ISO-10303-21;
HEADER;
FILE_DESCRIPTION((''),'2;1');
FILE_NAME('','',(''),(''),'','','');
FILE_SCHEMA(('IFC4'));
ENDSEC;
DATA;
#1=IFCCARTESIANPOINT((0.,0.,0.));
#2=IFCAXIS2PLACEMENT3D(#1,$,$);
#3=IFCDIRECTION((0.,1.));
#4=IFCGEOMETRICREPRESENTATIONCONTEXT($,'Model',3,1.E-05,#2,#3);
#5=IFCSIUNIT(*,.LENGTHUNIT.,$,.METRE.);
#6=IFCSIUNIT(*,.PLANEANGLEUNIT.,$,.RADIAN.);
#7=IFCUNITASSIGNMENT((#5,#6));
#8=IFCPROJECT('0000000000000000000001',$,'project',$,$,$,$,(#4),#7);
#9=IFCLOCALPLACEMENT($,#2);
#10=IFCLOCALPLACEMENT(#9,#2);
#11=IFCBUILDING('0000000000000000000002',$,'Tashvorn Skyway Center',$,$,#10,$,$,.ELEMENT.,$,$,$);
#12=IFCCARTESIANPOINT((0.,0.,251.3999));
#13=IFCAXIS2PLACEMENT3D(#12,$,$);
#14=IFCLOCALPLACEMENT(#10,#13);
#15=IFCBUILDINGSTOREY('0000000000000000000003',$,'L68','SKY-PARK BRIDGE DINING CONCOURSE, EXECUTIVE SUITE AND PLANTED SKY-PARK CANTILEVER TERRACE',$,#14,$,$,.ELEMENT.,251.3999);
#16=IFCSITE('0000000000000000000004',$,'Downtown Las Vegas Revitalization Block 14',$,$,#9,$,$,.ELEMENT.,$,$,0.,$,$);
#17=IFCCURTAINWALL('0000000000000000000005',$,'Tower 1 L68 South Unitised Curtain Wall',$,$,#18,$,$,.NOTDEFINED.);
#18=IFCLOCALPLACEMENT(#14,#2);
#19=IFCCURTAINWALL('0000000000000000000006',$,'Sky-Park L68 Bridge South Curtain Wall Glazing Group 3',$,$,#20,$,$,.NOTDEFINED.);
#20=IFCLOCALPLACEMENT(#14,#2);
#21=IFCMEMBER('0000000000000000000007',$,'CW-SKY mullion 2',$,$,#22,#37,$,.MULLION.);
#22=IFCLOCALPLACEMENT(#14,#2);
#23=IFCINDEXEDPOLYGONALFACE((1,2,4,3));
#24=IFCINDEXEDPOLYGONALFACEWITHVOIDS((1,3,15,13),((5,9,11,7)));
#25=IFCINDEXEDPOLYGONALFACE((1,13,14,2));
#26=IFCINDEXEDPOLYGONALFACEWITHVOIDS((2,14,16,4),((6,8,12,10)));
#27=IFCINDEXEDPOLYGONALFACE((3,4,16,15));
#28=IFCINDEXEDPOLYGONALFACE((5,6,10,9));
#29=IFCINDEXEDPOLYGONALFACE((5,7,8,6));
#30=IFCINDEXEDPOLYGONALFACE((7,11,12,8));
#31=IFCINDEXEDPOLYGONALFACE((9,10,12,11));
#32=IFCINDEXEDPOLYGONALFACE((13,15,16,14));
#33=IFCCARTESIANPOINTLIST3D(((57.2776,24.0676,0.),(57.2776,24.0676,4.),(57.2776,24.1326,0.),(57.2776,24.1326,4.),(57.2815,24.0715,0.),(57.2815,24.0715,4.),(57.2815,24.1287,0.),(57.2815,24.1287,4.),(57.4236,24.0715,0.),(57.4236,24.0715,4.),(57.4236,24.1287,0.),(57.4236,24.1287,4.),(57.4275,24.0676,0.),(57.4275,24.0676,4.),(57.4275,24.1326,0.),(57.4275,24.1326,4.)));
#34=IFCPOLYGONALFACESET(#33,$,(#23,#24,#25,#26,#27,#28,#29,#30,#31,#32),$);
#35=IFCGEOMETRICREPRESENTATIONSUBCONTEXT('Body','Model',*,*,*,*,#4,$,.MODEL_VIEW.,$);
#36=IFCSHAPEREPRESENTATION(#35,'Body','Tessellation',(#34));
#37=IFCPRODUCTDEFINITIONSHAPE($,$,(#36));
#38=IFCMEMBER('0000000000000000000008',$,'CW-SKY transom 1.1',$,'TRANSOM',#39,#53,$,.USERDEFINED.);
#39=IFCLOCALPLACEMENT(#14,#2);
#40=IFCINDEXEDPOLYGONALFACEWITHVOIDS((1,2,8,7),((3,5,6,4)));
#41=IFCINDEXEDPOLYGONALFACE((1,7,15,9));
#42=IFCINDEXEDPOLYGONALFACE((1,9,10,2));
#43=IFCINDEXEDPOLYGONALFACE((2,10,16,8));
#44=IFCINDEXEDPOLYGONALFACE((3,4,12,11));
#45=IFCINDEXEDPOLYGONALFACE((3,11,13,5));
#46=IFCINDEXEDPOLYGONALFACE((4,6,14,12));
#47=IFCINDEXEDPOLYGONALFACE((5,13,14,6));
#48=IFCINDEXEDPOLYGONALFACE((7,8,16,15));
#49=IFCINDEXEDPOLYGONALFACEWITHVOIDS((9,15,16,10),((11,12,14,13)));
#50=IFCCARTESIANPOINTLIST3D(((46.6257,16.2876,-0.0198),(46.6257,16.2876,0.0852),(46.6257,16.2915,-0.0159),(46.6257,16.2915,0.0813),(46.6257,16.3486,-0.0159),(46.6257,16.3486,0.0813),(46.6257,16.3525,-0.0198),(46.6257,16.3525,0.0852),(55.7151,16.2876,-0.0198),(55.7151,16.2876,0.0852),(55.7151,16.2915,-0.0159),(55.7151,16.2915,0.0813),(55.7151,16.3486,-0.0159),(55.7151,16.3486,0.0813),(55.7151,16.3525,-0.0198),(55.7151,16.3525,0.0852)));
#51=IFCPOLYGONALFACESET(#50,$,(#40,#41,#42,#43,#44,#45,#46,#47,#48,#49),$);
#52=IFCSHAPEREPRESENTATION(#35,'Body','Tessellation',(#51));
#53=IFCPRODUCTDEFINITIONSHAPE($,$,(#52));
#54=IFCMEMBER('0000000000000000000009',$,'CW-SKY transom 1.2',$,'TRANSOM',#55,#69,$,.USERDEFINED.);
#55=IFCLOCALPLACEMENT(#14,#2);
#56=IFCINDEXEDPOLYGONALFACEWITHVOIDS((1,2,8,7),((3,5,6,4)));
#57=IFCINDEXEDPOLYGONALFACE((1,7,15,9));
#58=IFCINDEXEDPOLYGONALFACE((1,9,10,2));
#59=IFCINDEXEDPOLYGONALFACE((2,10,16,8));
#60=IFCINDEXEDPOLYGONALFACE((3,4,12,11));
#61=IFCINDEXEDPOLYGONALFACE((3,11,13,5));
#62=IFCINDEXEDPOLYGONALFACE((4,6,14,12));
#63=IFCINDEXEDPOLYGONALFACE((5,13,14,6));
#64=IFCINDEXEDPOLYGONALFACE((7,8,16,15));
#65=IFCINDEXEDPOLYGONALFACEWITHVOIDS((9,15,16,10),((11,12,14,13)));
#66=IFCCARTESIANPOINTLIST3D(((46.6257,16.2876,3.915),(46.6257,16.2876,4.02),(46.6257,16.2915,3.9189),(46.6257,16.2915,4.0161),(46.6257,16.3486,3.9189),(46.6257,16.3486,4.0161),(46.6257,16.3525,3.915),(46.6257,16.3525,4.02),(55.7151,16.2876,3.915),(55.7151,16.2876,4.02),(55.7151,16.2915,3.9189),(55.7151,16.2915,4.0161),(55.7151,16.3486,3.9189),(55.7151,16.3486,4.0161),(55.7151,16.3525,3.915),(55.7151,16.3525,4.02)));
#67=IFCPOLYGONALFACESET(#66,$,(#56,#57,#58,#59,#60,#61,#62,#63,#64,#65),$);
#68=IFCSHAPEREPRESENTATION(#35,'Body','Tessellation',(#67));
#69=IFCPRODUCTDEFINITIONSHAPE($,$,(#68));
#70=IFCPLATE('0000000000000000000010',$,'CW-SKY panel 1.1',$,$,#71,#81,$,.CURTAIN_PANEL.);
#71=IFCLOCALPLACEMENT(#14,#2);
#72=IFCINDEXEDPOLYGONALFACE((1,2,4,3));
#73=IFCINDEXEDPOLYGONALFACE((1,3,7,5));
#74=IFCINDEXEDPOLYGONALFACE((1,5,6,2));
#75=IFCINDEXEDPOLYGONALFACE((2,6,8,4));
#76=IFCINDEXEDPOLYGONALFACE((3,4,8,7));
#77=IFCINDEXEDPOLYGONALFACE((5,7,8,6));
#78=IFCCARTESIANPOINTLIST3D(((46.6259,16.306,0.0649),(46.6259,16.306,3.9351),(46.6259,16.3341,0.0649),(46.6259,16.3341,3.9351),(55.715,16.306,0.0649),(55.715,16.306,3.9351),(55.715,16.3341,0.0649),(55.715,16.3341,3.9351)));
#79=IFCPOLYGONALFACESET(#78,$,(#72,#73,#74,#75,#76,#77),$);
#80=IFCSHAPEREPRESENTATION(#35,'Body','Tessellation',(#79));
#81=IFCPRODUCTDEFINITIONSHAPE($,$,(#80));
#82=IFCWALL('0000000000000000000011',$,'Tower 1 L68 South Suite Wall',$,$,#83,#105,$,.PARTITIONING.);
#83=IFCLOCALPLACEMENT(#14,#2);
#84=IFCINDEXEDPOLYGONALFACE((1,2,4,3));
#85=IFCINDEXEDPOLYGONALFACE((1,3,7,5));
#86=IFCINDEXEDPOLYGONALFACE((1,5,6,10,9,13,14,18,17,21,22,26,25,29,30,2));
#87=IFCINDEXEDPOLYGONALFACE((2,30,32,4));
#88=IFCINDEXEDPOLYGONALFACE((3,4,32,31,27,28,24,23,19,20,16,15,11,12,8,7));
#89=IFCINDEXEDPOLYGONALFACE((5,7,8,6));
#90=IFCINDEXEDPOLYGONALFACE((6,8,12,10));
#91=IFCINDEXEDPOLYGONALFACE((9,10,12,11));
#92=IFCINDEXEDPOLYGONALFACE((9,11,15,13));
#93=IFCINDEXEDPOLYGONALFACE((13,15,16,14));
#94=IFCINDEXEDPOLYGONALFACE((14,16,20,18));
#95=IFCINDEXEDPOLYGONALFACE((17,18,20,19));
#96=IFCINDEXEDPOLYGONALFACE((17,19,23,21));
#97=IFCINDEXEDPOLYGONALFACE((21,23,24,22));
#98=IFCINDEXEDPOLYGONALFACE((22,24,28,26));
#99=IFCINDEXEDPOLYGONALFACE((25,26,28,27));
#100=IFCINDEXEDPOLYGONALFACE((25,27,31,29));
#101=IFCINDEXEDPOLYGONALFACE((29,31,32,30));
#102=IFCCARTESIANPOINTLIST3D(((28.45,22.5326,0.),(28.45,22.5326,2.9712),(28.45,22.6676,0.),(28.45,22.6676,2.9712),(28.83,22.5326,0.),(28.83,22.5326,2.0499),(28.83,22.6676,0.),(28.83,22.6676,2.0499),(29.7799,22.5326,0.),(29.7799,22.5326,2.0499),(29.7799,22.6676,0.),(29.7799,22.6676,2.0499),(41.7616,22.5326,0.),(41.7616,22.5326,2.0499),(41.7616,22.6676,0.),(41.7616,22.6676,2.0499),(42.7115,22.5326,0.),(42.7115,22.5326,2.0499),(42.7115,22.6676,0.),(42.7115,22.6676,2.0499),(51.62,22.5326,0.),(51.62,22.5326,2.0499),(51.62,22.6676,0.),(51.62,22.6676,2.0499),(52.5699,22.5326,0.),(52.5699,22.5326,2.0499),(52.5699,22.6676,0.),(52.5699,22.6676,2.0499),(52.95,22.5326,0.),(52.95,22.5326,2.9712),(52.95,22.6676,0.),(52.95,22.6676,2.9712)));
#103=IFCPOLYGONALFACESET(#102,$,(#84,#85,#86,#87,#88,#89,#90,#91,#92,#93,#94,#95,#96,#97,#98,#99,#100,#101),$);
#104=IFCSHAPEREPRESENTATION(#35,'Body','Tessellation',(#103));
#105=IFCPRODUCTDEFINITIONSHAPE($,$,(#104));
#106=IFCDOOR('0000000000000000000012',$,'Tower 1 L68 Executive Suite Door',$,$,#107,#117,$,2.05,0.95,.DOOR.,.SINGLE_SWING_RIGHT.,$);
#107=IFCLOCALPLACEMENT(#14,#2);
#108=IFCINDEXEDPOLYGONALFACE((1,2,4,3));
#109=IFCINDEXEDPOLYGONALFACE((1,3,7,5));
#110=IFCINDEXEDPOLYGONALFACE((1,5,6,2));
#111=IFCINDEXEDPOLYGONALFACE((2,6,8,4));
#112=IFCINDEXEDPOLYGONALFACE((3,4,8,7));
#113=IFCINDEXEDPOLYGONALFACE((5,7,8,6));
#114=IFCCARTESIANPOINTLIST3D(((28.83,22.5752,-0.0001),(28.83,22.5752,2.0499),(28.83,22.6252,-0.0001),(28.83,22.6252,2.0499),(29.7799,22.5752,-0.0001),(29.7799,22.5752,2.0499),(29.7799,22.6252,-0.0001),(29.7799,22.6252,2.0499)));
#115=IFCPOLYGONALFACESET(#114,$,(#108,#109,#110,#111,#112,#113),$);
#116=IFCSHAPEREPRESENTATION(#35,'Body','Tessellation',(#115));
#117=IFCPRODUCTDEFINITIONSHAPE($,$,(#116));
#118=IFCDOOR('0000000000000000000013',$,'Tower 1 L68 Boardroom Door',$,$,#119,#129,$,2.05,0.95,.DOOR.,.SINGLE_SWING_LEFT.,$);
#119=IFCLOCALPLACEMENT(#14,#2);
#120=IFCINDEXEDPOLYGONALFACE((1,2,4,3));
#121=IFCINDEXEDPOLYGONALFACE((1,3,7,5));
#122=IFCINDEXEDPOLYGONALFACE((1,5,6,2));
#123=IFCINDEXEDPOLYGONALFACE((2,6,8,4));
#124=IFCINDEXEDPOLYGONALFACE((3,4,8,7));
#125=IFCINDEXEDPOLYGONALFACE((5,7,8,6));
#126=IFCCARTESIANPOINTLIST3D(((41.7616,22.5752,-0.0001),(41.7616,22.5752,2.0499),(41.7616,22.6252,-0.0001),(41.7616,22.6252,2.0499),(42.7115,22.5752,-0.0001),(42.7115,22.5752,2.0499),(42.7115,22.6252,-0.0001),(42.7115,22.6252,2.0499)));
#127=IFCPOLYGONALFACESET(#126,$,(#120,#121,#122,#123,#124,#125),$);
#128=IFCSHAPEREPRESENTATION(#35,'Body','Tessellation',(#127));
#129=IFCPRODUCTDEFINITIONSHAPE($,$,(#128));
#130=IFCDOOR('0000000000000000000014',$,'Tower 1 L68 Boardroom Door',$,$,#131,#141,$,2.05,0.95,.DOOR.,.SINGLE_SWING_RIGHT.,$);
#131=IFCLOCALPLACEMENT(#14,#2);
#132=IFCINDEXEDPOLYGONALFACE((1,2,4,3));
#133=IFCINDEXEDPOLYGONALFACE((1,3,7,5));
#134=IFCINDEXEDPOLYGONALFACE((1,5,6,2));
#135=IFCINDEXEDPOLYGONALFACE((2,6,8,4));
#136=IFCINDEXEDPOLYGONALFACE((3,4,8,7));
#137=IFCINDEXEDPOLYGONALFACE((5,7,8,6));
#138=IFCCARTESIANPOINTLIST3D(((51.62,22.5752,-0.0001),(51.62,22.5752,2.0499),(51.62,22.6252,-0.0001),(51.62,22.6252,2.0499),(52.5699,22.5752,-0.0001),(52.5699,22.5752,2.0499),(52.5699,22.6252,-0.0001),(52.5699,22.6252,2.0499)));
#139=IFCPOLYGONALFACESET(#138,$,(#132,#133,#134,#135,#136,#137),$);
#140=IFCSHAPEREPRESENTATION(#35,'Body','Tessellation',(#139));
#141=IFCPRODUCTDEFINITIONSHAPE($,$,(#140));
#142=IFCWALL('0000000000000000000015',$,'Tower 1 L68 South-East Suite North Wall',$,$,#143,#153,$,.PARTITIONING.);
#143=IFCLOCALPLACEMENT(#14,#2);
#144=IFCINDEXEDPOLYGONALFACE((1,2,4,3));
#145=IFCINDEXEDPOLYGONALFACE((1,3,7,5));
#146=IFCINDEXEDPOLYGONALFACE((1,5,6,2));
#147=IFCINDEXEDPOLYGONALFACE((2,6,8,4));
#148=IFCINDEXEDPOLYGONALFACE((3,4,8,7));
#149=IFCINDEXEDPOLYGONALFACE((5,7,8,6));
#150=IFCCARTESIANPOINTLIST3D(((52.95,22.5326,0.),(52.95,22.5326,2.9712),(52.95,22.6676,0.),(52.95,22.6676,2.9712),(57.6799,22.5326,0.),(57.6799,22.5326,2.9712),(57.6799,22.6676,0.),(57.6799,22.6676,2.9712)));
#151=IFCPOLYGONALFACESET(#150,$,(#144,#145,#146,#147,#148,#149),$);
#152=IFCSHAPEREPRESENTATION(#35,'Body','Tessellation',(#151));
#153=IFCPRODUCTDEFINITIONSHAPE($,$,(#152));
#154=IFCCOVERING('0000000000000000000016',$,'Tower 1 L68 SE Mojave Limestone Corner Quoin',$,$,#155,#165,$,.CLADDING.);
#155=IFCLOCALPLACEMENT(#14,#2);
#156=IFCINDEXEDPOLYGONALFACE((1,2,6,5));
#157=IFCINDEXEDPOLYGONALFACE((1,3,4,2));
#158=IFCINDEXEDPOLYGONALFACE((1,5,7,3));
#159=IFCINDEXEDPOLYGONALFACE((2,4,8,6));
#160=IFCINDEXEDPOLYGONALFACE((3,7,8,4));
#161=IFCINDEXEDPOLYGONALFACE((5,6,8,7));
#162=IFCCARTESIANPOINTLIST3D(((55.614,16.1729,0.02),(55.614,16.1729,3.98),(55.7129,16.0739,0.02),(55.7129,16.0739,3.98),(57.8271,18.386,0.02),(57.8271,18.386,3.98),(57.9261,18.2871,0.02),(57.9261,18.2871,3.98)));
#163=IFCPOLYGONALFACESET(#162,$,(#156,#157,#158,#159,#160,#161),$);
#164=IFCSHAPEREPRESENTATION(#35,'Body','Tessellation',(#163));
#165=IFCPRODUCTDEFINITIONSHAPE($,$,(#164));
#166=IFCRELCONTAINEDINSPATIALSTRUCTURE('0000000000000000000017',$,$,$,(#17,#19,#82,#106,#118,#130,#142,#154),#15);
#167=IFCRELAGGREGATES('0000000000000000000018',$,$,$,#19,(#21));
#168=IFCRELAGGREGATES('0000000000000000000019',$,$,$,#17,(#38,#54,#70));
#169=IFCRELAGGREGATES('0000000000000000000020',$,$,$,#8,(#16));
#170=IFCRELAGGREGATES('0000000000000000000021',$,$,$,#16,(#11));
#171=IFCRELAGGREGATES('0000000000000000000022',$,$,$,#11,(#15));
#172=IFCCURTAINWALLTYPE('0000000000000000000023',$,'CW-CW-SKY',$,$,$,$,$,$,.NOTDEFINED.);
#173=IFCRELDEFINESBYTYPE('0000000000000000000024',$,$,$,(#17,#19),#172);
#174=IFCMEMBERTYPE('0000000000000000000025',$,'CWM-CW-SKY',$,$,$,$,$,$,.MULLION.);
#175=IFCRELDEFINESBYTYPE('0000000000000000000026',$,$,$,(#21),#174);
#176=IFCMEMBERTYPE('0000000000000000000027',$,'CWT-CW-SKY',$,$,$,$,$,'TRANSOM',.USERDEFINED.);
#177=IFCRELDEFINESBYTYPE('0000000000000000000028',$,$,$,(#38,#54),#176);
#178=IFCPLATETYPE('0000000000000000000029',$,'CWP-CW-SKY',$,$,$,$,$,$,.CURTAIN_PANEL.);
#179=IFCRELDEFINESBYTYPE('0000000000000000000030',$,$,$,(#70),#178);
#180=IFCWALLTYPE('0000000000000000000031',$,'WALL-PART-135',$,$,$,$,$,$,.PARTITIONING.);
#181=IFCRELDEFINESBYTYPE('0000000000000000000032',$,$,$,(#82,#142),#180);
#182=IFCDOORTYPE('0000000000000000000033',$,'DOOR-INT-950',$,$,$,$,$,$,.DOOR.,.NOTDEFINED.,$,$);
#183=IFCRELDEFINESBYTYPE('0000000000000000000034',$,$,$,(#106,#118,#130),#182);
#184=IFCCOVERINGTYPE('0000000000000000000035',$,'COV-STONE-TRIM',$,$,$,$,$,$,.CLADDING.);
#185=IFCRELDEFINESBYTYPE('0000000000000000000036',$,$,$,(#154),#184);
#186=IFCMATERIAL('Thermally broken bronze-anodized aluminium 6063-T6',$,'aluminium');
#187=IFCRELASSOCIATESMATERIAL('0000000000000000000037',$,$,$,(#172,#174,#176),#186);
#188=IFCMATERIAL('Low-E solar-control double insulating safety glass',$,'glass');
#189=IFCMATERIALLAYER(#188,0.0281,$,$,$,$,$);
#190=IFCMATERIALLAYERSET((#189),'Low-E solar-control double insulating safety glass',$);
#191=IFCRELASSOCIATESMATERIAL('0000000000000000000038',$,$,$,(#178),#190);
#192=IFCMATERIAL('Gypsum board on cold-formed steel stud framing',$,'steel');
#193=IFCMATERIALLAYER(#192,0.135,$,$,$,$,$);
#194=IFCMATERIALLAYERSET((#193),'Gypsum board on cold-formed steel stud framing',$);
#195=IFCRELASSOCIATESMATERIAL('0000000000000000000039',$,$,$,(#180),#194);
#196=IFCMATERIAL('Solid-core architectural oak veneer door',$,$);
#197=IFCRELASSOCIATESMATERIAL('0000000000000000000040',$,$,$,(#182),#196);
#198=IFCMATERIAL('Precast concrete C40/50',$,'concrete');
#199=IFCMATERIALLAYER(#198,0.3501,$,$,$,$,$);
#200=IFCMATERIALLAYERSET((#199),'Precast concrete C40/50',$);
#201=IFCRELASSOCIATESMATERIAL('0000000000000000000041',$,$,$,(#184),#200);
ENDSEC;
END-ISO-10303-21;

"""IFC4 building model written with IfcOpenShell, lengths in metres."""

from ifc_helpers import new_model, si_unit, direction, frame, frame_2d, origin, origin_2d, place, context, subcontext, project, spatial, rectangle, hollow_rectangle, extrude, material, layer, layer_set, material_profile, profile_set, type_object, element, fill, aggregate, save


model = new_model("IFC4")

# Units and contexts
model_context = context("Model", 3, precision=1e-05, world=origin(), true_north=direction((0.0, 1.0)))
body_context = subcontext(model_context, "Body", "Model", "MODEL_VIEW")
ifc_project = project(units=[si_unit("LENGTHUNIT", "METRE"), si_unit("PLANEANGLEUNIT", "RADIAN")], contexts=[model_context])

# Site, building, storey
site_placement = place(None, origin())
site = spatial("IfcSite", under=ifc_project, at=site_placement, Name="Downtown Las Vegas Revitalization Block 14", CompositionType="ELEMENT", RefElevation=0.0)
building_placement = place(site_placement, origin())
building = spatial("IfcBuilding", under=site, at=building_placement, Name="Tashvorn Skyway Center", CompositionType="ELEMENT")
storey_placement = place(building_placement, frame((0.0, 0.0, 251.3999)))
storey = spatial("IfcBuildingStorey", under=building, at=storey_placement, Name="L68", Description="SKY-PARK BRIDGE DINING CONCOURSE, EXECUTIVE SUITE AND PLANTED SKY-PARK CANTILEVER TERRACE", CompositionType="ELEMENT", Elevation=251.3999)

# Curtain wall
ifc_material_1 = material(Name="Thermally broken bronze-anodized aluminium 6063-T6", Category="aluminium")
curtain_wall_type = type_object("IfcCurtainWallType", Name="CW-CW-SKY", PredefinedType="NOTDEFINED", material=ifc_material_1)
curtain_wall_1_placement = place(storey_placement, origin())
curtain_wall_1 = element("IfcCurtainWall", 1, at=curtain_wall_1_placement, inside=storey, type_object=curtain_wall_type, Name="Tower 1 L68 South Unitised Curtain Wall", PredefinedType="NOTDEFINED")
ifc_material_profile_1 = material_profile(ifc_material_1, hollow_rectangle(XDim=0.0649, YDim=0.1499, WallThickness=0.0039, at=origin_2d()), Name="ALU-MULL-65x150")
ifc_profile_set_1 = profile_set([ifc_material_profile_1], Name="Thermally broken bronze-anodized aluminium 6063-T6")
member_type_1 = type_object("IfcMemberType", Name="CWM-CW-SKY", PredefinedType="MULLION", material=ifc_profile_set_1)

# Curtain wall, member
curtain_wall_2_placement = place(storey_placement, origin())
curtain_wall_2 = element("IfcCurtainWall", 2, at=curtain_wall_2_placement, inside=storey, type_object=curtain_wall_type, Name="Sky-Park L68 Bridge South Curtain Wall Glazing Group 3", PredefinedType="NOTDEFINED")
member_1_placement = place(storey_placement, frame((57.3525, 24.1001, 0.0), z_axis=(0.0, 0.0, 1.0), x_axis=(0.0, -1.0, 0.0)))
member_1 = element("IfcMember", 3, at=member_1_placement, type_object=member_type_1, Name="CW-SKY mullion 2", PredefinedType="MULLION", context=body_context, shape_type="SweptSolid", body=[
    extrude(hollow_rectangle(XDim=0.0649, YDim=0.1499, WallThickness=0.0039, at=origin_2d()), origin(), (0.0, 0.0, 1.0), 4.0),
])
aggregate(curtain_wall_2, [member_1])

# Members
ifc_material_profile_2 = material_profile(ifc_material_1, hollow_rectangle(XDim=0.0649, YDim=0.105, WallThickness=0.0039, at=origin_2d()), Name="ALU-TRAN-65x105")
ifc_profile_set_2 = profile_set([ifc_material_profile_2], Name="Thermally broken bronze-anodized aluminium 6063-T6")
member_type_2 = type_object("IfcMemberType", Name="CWT-CW-SKY", ElementType="TRANSOM", PredefinedType="USERDEFINED", material=ifc_profile_set_2)
member_2_placement = place(storey_placement, frame((55.7151, 16.3201, 0.0327), z_axis=(-1.0, 0.0, 0.0), x_axis=(0.0, -1.0, 0.0)))
member_2 = element("IfcMember", 4, at=member_2_placement, type_object=member_type_2, Name="CW-SKY transom 1.1", ObjectType="TRANSOM", PredefinedType="USERDEFINED", context=body_context, shape_type="SweptSolid", body=[
    extrude(hollow_rectangle(XDim=0.0649, YDim=0.105, WallThickness=0.0039, at=origin_2d()), origin(), (0.0, 0.0, 1.0), 9.0894),
])
member_3_placement = place(storey_placement, frame((55.7151, 16.3201, 3.9675), z_axis=(-1.0, 0.0, 0.0), x_axis=(0.0, -1.0, 0.0)))
member_3 = element("IfcMember", 5, at=member_3_placement, type_object=member_type_2, Name="CW-SKY transom 1.2", ObjectType="TRANSOM", PredefinedType="USERDEFINED", context=body_context, shape_type="SweptSolid", body=[
    extrude(hollow_rectangle(XDim=0.0649, YDim=0.105, WallThickness=0.0039, at=origin_2d()), origin(), (0.0, 0.0, 1.0), 9.0894),
])

# Plate
ifc_material_2 = material(Name="Low-E solar-control double insulating safety glass", Category="glass")
ifc_layer_1 = layer(ifc_material_2, 0.0281)
ifc_layer_set_1 = layer_set([ifc_layer_1], Name="Low-E solar-control double insulating safety glass")
plate_type = type_object("IfcPlateType", Name="CWP-CW-SKY", PredefinedType="CURTAIN_PANEL", material=ifc_layer_set_1)
plate_placement = place(storey_placement, frame((51.1704, 16.3201, 0.0649), z_axis=(0.0, 0.0, 1.0), x_axis=(-1.0, 0.0, 0.0)))
plate = element("IfcPlate", 6, at=plate_placement, type_object=plate_type, Name="CW-SKY panel 1.1", PredefinedType="CURTAIN_PANEL", context=body_context, shape_type="SweptSolid", body=[
    extrude(rectangle(XDim=9.0891, YDim=0.0281, at=origin_2d()), origin(), (0.0, 0.0, 1.0), 3.8701),
])
aggregate(curtain_wall_1, [member_2, member_3, plate])

# Wall, openings, doors
ifc_material_3 = material(Name="Gypsum board on cold-formed steel stud framing", Category="steel")
ifc_layer_2 = layer(ifc_material_3, 0.135)
ifc_layer_set_2 = layer_set([ifc_layer_2], Name="Gypsum board on cold-formed steel stud framing")
wall_type = type_object("IfcWallType", Name="WALL-PART-135", PredefinedType="PARTITIONING", material=ifc_layer_set_2)
wall_1_placement = place(storey_placement, frame((52.95, 22.6001, 0.0), z_axis=(0.0, 0.0, 1.0), x_axis=(-1.0, 0.0, 0.0)))
wall_1 = element("IfcWall", 7, at=wall_1_placement, inside=storey, type_object=wall_type, Name="Tower 1 L68 South Suite Wall", PredefinedType="PARTITIONING", context=body_context, shape_type="SweptSolid", body=[
    extrude(rectangle(XDim=24.5, YDim=0.135, at=frame_2d((12.25, 0.0))), origin(), (0.0, 0.0, 1.0), 2.9712),
])
opening_1_placement = place(wall_1_placement, frame((23.1699, 0.0, 0.0)))
opening_1 = element("IfcOpeningElement", 8, at=opening_1_placement, cuts=wall_1, PredefinedType="OPENING", context=body_context, shape_type="SweptSolid", body=[
    extrude(rectangle(XDim=0.95, YDim=2.05, at=frame_2d((0.4751, 1.0249))), frame((0.0, 0.0774, 0.0), z_axis=(0.0, -1.0, 0.0), x_axis=(1.0, 0.0, 0.0)), (0.0, 0.0, 1.0), 0.155),
])
opening_2_placement = place(wall_1_placement, frame((10.2383, 0.0, 0.0)))
opening_2 = element("IfcOpeningElement", 9, at=opening_2_placement, cuts=wall_1, PredefinedType="OPENING", context=body_context, shape_type="SweptSolid", body=[
    extrude(rectangle(XDim=0.95, YDim=2.05, at=frame_2d((0.4751, 1.0249))), frame((0.0, 0.0774, 0.0), z_axis=(0.0, -1.0, 0.0), x_axis=(1.0, 0.0, 0.0)), (0.0, 0.0, 1.0), 0.155),
])
opening_3_placement = place(wall_1_placement, frame((0.3799, 0.0, 0.0)))
opening_3 = element("IfcOpeningElement", 10, at=opening_3_placement, cuts=wall_1, PredefinedType="OPENING", context=body_context, shape_type="SweptSolid", body=[
    extrude(rectangle(XDim=0.95, YDim=2.05, at=frame_2d((0.4751, 1.0249))), frame((0.0, 0.0774, 0.0), z_axis=(0.0, -1.0, 0.0), x_axis=(1.0, 0.0, 0.0)), (0.0, 0.0, 1.0), 0.155),
])
ifc_material_4 = material(Name="Solid-core architectural oak veneer door")
door_type = type_object("IfcDoorType", Name="DOOR-INT-950", OperationType="NOTDEFINED", PredefinedType="DOOR", material=ifc_material_4)
door_1_placement = place(opening_1_placement, origin())
door_1 = element("IfcDoor", 11, at=door_1_placement, inside=storey, type_object=door_type, Name="Tower 1 L68 Executive Suite Door", OperationType="SINGLE_SWING_RIGHT", OverallHeight=2.05, OverallWidth=0.95, PredefinedType="DOOR", context=body_context, shape_type="SweptSolid", body=[
    extrude(rectangle(XDim=0.95, YDim=2.05, at=frame_2d((0.4751, 1.0249))), frame((0.0, 0.0249, 0.0), z_axis=(0.0, -1.0, 0.0), x_axis=(1.0, 0.0, 0.0)), (0.0, 0.0, 1.0), 0.05),
])
fill(opening_1, door_1)
door_2_placement = place(opening_2_placement, origin())
door_2 = element("IfcDoor", 12, at=door_2_placement, inside=storey, type_object=door_type, Name="Tower 1 L68 Boardroom Door", OperationType="SINGLE_SWING_LEFT", OverallHeight=2.05, OverallWidth=0.95, PredefinedType="DOOR", context=body_context, shape_type="SweptSolid", body=[
    extrude(rectangle(XDim=0.95, YDim=2.05, at=frame_2d((0.4751, 1.0249))), frame((0.0, 0.0249, 0.0), z_axis=(0.0, -1.0, 0.0), x_axis=(1.0, 0.0, 0.0)), (0.0, 0.0, 1.0), 0.05),
])
fill(opening_2, door_2)
door_3_placement = place(opening_3_placement, origin())
door_3 = element("IfcDoor", 13, at=door_3_placement, inside=storey, type_object=door_type, Name="Tower 1 L68 Boardroom Door", OperationType="SINGLE_SWING_RIGHT", OverallHeight=2.05, OverallWidth=0.95, PredefinedType="DOOR", context=body_context, shape_type="SweptSolid", body=[
    extrude(rectangle(XDim=0.95, YDim=2.05, at=frame_2d((0.4751, 1.0249))), frame((0.0, 0.0249, 0.0), z_axis=(0.0, -1.0, 0.0), x_axis=(1.0, 0.0, 0.0)), (0.0, 0.0, 1.0), 0.05),
])
fill(opening_3, door_3)

# Wall
wall_2_placement = place(storey_placement, frame((52.95, 22.6001, 0.0), z_axis=(0.0, 0.0, 1.0), x_axis=(1.0, 0.0, 0.0)))
element("IfcWall", 14, at=wall_2_placement, inside=storey, type_object=wall_type, Name="Tower 1 L68 South-East Suite North Wall", PredefinedType="PARTITIONING", context=body_context, shape_type="SweptSolid", body=[
    extrude(rectangle(XDim=4.73, YDim=0.135, at=frame_2d((2.365, 0.0))), origin(), (0.0, 0.0, 1.0), 2.9712),
])

# Covering
ifc_material_5 = material(Name="Precast concrete C40/50", Category="concrete")
ifc_layer_3 = layer(ifc_material_5, 0.3501)
ifc_layer_set_3 = layer_set([ifc_layer_3], Name="Precast concrete C40/50")
covering_type = type_object("IfcCoveringType", Name="COV-STONE-TRIM", PredefinedType="CLADDING", material=ifc_layer_set_3)
covering_placement = place(storey_placement, frame((56.77, 17.23, 0.02), z_axis=(0.0, 0.0, 1.0), x_axis=(0.707107, 0.707107, 0.0)))
element("IfcCovering", 15, at=covering_placement, inside=storey, type_object=covering_type, Name="Tower 1 L68 SE Mojave Limestone Corner Quoin", PredefinedType="CLADDING", context=body_context, shape_type="SweptSolid", body=[
    extrude(rectangle(XDim=3.1299, YDim=0.1399, at=origin_2d()), origin(), (0.0, 0.0, 1.0), 3.96),
])

save(model, "model.ifc")
